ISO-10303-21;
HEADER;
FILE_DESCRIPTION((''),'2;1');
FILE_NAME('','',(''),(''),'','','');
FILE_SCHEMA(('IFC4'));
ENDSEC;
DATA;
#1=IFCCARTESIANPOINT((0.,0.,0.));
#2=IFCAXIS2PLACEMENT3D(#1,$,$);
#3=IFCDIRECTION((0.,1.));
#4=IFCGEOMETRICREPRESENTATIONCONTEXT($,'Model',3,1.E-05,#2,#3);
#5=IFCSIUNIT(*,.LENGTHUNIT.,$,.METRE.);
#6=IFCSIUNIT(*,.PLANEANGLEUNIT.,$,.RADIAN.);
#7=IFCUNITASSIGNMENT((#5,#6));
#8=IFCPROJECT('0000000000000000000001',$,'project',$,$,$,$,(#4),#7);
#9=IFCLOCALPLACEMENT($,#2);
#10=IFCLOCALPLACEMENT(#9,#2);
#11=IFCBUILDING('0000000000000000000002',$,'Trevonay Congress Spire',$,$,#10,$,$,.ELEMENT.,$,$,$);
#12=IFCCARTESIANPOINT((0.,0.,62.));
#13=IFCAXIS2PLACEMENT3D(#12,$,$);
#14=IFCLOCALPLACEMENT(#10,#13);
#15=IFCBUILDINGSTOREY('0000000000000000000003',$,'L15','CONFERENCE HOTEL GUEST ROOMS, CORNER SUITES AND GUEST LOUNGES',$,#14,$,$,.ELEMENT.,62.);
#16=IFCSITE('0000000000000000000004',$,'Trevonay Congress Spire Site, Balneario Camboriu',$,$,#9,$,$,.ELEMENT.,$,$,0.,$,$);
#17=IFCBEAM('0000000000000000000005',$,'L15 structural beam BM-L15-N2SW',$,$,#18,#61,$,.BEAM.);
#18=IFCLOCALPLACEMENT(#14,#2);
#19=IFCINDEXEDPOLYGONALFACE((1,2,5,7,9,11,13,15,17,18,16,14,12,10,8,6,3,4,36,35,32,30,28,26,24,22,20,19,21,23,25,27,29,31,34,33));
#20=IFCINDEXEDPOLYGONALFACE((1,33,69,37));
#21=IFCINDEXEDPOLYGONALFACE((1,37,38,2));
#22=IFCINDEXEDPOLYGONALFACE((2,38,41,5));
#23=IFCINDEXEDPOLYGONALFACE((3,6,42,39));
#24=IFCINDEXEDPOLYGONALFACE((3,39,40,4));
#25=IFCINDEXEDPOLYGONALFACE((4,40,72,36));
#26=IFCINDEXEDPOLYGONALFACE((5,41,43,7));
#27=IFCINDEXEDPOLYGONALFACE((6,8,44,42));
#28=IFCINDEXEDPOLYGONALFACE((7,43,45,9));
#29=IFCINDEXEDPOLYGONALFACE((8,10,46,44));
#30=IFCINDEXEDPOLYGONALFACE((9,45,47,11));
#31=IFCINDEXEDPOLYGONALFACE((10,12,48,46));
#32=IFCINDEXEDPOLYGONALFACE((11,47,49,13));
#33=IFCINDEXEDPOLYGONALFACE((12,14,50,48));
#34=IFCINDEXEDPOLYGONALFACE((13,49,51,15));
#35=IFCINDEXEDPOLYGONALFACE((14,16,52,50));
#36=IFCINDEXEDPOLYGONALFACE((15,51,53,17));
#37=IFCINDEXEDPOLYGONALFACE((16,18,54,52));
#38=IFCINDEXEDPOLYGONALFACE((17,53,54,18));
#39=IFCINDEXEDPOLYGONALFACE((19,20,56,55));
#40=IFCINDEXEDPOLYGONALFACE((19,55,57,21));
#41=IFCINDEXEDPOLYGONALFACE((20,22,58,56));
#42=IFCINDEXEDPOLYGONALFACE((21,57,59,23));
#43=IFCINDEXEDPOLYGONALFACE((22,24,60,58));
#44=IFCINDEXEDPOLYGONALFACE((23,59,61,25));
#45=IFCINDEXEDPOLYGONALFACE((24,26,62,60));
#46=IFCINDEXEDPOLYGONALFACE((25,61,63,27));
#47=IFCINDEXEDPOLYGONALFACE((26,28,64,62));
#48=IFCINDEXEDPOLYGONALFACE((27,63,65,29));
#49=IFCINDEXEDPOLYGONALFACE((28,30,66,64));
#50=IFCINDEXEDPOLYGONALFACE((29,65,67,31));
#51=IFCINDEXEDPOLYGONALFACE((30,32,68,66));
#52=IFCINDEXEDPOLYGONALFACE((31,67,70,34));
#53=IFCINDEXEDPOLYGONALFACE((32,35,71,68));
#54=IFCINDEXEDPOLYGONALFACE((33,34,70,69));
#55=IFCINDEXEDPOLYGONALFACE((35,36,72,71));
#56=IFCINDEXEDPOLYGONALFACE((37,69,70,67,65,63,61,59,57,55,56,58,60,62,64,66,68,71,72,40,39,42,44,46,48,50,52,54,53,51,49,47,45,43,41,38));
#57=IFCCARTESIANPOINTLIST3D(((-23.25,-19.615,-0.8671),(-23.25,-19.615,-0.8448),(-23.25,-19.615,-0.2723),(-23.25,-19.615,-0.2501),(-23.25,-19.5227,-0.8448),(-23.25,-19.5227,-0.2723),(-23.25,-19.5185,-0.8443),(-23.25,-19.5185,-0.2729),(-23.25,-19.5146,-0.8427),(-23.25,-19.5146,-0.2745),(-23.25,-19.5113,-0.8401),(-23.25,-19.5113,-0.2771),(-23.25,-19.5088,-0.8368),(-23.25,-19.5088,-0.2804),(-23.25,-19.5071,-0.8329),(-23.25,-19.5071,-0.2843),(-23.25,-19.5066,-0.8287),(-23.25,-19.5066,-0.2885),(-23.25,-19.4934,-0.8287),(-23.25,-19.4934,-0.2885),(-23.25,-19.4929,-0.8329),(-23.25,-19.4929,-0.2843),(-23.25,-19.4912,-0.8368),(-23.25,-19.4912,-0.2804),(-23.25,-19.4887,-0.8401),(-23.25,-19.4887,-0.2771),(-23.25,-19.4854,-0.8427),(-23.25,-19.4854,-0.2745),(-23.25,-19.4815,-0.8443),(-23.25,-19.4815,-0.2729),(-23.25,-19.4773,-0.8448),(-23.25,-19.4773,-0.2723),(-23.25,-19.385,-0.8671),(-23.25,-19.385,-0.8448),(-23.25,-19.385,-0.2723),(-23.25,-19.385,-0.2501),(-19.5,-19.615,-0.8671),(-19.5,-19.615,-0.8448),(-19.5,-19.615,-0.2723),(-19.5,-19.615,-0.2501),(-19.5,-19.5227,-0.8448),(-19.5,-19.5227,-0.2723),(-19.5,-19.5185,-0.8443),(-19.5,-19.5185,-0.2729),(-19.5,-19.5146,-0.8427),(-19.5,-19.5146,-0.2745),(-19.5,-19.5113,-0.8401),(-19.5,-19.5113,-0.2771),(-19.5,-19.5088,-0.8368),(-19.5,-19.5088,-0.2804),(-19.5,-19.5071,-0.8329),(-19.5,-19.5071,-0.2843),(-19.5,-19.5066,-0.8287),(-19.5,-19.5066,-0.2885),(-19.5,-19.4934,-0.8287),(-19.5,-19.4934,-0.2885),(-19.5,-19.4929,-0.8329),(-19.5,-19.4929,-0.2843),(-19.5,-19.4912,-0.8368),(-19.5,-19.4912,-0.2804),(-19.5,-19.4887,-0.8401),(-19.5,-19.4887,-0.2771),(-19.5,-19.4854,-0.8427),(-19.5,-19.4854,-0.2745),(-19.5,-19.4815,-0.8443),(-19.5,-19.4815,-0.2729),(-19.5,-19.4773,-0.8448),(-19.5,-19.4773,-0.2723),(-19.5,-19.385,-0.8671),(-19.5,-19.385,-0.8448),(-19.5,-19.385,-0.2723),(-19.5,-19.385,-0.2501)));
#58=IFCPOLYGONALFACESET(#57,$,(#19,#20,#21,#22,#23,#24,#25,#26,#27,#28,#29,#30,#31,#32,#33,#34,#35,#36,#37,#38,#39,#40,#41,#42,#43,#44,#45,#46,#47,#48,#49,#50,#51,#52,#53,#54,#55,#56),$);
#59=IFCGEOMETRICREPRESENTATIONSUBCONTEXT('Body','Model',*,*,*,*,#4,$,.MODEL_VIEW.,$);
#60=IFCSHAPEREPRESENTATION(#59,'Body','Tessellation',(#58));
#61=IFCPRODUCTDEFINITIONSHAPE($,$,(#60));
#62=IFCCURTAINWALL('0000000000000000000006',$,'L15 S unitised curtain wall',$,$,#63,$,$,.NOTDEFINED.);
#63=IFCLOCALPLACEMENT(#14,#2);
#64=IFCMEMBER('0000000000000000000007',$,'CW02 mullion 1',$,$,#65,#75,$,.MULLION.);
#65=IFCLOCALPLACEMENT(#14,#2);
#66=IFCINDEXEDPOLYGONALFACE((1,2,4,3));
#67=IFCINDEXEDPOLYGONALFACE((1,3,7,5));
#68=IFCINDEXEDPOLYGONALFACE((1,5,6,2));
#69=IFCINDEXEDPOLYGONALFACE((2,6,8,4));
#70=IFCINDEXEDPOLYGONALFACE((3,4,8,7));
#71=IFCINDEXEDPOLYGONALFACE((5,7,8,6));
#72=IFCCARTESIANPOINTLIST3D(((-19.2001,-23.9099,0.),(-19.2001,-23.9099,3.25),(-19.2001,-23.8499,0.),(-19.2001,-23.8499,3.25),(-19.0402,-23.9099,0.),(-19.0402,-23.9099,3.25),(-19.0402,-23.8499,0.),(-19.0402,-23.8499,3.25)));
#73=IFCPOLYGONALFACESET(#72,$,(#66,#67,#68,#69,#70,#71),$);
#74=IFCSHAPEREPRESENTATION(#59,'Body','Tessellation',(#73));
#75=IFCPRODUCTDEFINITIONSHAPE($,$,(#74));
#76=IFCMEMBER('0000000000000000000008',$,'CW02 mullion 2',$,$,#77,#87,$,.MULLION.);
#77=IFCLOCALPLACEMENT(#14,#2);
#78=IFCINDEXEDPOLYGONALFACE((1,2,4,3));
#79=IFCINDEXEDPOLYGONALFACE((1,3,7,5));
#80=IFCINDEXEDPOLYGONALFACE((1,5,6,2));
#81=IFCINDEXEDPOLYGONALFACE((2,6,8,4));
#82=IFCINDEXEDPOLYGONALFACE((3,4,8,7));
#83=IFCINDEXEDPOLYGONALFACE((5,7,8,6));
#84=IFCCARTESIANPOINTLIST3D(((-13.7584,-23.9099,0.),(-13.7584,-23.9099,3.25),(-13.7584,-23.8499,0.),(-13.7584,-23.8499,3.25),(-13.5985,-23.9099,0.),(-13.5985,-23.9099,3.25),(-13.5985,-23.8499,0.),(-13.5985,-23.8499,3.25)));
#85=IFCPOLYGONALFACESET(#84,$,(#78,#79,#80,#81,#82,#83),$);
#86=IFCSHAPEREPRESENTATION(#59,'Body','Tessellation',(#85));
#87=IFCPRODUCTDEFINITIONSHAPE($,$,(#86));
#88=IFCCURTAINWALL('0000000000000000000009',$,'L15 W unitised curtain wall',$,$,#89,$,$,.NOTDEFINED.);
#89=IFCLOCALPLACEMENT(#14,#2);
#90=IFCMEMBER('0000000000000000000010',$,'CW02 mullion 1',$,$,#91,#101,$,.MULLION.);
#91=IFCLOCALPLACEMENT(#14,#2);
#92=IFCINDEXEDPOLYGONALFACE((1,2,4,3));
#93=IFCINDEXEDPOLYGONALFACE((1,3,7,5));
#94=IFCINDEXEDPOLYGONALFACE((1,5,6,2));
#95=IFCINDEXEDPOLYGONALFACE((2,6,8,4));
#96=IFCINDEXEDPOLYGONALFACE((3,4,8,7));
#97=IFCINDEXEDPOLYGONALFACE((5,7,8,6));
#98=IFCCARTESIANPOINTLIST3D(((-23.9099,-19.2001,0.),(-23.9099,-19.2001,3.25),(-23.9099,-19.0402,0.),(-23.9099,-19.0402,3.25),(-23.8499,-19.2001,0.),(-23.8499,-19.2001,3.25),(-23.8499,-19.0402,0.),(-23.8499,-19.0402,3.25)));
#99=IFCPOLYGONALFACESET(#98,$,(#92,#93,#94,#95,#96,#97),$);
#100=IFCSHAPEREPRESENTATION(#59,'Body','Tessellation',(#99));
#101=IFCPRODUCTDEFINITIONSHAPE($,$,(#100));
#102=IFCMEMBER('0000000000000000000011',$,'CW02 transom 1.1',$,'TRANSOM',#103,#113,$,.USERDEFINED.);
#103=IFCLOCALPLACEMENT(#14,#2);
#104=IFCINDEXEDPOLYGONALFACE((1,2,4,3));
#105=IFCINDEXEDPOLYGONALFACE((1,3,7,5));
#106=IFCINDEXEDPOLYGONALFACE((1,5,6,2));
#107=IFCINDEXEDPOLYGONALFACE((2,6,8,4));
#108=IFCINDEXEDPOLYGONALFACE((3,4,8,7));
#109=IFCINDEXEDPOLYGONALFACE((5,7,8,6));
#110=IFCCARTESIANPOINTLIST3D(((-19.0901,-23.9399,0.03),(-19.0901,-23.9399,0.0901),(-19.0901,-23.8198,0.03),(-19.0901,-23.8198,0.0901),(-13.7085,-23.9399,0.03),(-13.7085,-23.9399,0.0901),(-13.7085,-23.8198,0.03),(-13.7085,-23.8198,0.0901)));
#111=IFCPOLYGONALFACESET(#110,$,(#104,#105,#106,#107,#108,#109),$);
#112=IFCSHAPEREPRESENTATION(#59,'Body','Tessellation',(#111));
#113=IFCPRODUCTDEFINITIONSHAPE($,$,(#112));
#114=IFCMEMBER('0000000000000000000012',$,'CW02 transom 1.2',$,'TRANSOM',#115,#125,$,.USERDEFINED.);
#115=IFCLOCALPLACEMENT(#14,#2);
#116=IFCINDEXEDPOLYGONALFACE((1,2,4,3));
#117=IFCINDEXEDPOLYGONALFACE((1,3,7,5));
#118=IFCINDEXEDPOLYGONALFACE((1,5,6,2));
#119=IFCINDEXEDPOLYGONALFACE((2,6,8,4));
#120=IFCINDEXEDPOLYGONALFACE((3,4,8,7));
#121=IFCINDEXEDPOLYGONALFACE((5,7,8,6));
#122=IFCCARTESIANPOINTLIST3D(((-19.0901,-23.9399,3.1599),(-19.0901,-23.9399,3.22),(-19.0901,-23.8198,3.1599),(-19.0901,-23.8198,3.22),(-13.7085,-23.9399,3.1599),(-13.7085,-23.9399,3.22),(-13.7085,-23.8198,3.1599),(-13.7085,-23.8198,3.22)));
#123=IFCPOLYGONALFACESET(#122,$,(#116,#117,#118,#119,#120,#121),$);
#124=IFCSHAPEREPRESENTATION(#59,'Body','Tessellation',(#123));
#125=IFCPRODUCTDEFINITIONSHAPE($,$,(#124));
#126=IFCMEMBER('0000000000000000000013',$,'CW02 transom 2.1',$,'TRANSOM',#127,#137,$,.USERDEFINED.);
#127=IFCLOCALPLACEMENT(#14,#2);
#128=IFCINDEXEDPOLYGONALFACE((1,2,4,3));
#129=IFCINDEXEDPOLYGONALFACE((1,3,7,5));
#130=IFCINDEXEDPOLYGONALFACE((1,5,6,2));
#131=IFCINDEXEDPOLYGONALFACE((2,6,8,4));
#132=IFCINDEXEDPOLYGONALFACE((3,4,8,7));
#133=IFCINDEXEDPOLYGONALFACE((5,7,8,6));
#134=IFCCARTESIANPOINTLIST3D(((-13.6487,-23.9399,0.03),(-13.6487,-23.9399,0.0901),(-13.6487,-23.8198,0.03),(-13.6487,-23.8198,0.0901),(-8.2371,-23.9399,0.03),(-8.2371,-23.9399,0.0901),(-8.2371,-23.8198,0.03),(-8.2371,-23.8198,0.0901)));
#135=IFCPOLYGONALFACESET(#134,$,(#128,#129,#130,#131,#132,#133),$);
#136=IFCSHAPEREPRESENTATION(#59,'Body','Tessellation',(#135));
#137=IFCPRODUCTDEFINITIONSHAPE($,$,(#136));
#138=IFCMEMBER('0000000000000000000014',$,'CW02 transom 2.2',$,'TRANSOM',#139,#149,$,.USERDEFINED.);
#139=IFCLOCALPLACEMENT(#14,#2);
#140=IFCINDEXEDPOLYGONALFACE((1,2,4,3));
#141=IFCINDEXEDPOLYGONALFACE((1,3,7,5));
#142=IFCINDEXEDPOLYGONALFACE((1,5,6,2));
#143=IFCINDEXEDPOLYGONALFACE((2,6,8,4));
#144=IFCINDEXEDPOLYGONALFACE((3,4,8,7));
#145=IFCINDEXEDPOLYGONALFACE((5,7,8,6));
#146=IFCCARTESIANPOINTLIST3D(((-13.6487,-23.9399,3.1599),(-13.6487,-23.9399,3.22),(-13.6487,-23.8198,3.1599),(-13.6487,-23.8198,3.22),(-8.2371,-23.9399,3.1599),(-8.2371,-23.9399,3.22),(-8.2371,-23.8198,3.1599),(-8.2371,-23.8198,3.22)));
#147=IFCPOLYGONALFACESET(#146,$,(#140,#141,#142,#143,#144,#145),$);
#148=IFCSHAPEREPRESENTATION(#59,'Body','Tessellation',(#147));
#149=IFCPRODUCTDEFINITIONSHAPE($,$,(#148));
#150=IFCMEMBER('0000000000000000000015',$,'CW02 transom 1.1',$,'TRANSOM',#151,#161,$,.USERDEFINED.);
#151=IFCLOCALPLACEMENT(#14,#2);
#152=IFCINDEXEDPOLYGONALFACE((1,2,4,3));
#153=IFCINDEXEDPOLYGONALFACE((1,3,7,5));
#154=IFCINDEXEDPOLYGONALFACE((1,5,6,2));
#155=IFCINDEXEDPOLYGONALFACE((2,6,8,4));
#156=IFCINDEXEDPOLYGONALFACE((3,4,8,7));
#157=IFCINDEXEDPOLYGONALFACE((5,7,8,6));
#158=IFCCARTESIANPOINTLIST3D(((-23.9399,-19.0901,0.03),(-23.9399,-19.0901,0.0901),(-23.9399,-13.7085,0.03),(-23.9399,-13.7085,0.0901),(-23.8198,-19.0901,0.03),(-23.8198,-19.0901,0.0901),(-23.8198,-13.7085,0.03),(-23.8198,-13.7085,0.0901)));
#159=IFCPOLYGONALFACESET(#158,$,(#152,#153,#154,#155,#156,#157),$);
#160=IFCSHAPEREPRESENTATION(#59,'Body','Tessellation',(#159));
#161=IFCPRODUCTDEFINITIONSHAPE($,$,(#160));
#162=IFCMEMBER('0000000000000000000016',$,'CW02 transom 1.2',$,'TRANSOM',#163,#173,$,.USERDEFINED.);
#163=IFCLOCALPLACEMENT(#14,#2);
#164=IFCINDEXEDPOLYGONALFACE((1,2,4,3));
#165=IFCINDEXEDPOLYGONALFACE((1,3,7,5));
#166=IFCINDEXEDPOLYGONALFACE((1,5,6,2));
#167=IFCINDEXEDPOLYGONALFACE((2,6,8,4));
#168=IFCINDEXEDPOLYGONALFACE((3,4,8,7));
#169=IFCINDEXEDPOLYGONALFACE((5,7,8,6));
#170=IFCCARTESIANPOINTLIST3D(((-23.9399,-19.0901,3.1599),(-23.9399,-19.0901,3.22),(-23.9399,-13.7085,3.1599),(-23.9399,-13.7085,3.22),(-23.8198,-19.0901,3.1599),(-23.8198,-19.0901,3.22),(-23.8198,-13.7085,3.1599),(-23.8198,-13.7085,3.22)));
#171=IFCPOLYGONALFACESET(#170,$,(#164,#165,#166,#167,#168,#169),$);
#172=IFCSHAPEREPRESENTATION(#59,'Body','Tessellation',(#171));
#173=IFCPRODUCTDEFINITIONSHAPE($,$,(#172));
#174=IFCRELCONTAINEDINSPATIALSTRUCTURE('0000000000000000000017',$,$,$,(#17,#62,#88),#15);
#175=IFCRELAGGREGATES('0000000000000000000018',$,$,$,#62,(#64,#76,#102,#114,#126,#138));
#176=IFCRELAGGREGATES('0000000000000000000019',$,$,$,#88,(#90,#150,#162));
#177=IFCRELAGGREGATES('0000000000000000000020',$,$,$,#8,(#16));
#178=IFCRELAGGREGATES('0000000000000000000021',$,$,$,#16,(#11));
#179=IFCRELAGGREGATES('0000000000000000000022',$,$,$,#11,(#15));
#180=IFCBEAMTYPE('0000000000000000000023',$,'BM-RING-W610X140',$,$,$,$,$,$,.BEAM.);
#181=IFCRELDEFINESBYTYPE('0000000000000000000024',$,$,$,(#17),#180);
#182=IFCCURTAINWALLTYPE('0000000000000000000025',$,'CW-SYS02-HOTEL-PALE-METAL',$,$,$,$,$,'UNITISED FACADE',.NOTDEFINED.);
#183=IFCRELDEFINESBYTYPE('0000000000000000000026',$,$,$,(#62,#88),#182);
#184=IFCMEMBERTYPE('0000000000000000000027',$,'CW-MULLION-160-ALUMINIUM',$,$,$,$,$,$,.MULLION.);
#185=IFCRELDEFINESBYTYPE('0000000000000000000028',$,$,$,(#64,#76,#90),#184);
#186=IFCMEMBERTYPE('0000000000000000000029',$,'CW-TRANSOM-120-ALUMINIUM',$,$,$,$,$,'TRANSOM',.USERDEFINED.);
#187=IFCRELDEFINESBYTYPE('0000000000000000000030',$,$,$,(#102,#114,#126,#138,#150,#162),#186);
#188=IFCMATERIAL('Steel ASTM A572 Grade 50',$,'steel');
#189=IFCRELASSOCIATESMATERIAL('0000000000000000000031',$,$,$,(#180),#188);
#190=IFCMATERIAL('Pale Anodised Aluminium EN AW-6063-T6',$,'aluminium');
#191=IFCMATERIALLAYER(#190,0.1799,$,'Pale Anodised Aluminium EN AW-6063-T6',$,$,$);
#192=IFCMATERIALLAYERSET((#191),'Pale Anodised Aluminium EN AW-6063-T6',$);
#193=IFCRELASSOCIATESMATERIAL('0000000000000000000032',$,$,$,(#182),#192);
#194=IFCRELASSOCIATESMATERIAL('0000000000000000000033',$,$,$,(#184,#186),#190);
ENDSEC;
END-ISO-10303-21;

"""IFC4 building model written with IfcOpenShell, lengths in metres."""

from ifc_helpers import new_model, si_unit, direction, frame, origin, origin_2d, place, context, subcontext, project, spatial, rectangle, i_section, extrude, material, layer, layer_set, material_profile, profile_set, type_object, element, aggregate, save


model = new_model("IFC4")

# Units and contexts
model_context = context("Model", 3, precision=1e-05, world=origin(), true_north=direction((0.0, 1.0)))
body_context = subcontext(model_context, "Body", "Model", "MODEL_VIEW")
ifc_project = project(units=[si_unit("LENGTHUNIT", "METRE"), si_unit("PLANEANGLEUNIT", "RADIAN")], contexts=[model_context])

# Site, building, storey
site_placement = place(None, origin())
site = spatial("IfcSite", under=ifc_project, at=site_placement, Name="Trevonay Congress Spire Site, Balneario Camboriu", CompositionType="ELEMENT", RefElevation=0.0)
building_placement = place(site_placement, origin())
building = spatial("IfcBuilding", under=site, at=building_placement, Name="Trevonay Congress Spire", CompositionType="ELEMENT")
storey_placement = place(building_placement, frame((0.0, 0.0, 62.0)))
storey = spatial("IfcBuildingStorey", under=building, at=storey_placement, Name="L15", Description="CONFERENCE HOTEL GUEST ROOMS, CORNER SUITES AND GUEST LOUNGES", CompositionType="ELEMENT", Elevation=62.0)

# Shared definitions
ifc_material_1 = material(Name="Steel ASTM A572 Grade 50", Category="steel")

# Beam
ifc_material_profile_1 = material_profile(ifc_material_1, i_section(OverallWidth=0.23, OverallDepth=0.6169, WebThickness=0.0132, FlangeThickness=0.0222, FilletRadius=0.0161, at=origin_2d()), Name="W610x140")
ifc_profile_set_1 = profile_set([ifc_material_profile_1], Name="Steel ASTM A572 Grade 50")
beam_type_1 = type_object("IfcBeamType", Name="BM-RING-W610X140", PredefinedType="BEAM", material=ifc_profile_set_1)
for number, where, z_axis, x_axis, name in (
    (1, (-23.25, -19.5, -0.5586), (1.0, 0.0, 0.0), (0.0, 1.0, 0.0), "L15 structural beam BM-L15-N2SW"),
):
    element("IfcBeam", number, at=place(storey_placement, frame(where, z_axis=z_axis, x_axis=x_axis)), inside=storey, type_object=beam_type_1, Name=name, PredefinedType="BEAM", context=body_context, shape_type="SweptSolid", body=[
        extrude(i_section(OverallWidth=0.23, OverallDepth=0.6169, WebThickness=0.0132, FlangeThickness=0.0222, FilletRadius=0.0161, at=origin_2d()), origin(), (0.0, 0.0, 1.0), 3.75),
    ])

# Curtain wall, members
ifc_material_2 = material(Name="Pale Anodised Aluminium EN AW-6063-T6", Category="aluminium")
ifc_layer_1 = layer(ifc_material_2, 0.1799, Name="Pale Anodised Aluminium EN AW-6063-T6")
ifc_layer_set_1 = layer_set([ifc_layer_1], Name="Pale Anodised Aluminium EN AW-6063-T6")
curtain_wall_type = type_object("IfcCurtainWallType", Name="CW-SYS02-HOTEL-PALE-METAL", ElementType="UNITISED FACADE", PredefinedType="NOTDEFINED", material=ifc_layer_set_1)
curtain_wall_1_placement = place(storey_placement, origin())
curtain_wall_1 = element("IfcCurtainWall", 2, at=curtain_wall_1_placement, inside=storey, type_object=curtain_wall_type, Name="L15 S unitised curtain wall", PredefinedType="NOTDEFINED")
ifc_material_profile_2 = material_profile(ifc_material_2, rectangle(XDim=0.0601, YDim=0.1599, at=origin_2d()), Name="CW-MULLION-160-ALUMINIUM")
ifc_profile_set_2 = profile_set([ifc_material_profile_2], Name="Pale Anodised Aluminium EN AW-6063-T6")
member_type_1 = type_object("IfcMemberType", Name="CW-MULLION-160-ALUMINIUM", PredefinedType="MULLION", material=ifc_profile_set_2)
member_1_placement = place(storey_placement, frame((-19.1201, -23.8799, 0.0), z_axis=(0.0, 0.0, 1.0), x_axis=(0.0, 1.0, 0.0)))
member_1 = element("IfcMember", 3, at=member_1_placement, type_object=member_type_1, Name="CW02 mullion 1", PredefinedType="MULLION", context=body_context, shape_type="SweptSolid", body=[
    extrude(rectangle(XDim=0.0601, YDim=0.1599, at=origin_2d()), origin(), (0.0, 0.0, 1.0), 3.25),
])
member_2_placement = place(storey_placement, frame((-13.6785, -23.8799, 0.0), z_axis=(0.0, 0.0, 1.0), x_axis=(0.0, 1.0, 0.0)))
member_2 = element("IfcMember", 4, at=member_2_placement, type_object=member_type_1, Name="CW02 mullion 2", PredefinedType="MULLION", context=body_context, shape_type="SweptSolid", body=[
    extrude(rectangle(XDim=0.0601, YDim=0.1599, at=origin_2d()), origin(), (0.0, 0.0, 1.0), 3.25),
])

# Curtain wall, member
curtain_wall_2_placement = place(storey_placement, origin())
curtain_wall_2 = element("IfcCurtainWall", 5, at=curtain_wall_2_placement, inside=storey, type_object=curtain_wall_type, Name="L15 W unitised curtain wall", PredefinedType="NOTDEFINED")
member_3_placement = place(storey_placement, frame((-23.8799, -19.1201, 0.0), z_axis=(0.0, 0.0, 1.0), x_axis=(-1.0, 0.0, 0.0)))
member_3 = element("IfcMember", 6, at=member_3_placement, type_object=member_type_1, Name="CW02 mullion 1", PredefinedType="MULLION", context=body_context, shape_type="SweptSolid", body=[
    extrude(rectangle(XDim=0.0601, YDim=0.1599, at=origin_2d()), origin(), (0.0, 0.0, 1.0), 3.25),
])

# Members
ifc_material_profile_3 = material_profile(ifc_material_2, rectangle(XDim=0.1201, YDim=0.0601, at=origin_2d()), Name="CW-TRANSOM-120-ALUMINIUM")
ifc_profile_set_3 = profile_set([ifc_material_profile_3], Name="Pale Anodised Aluminium EN AW-6063-T6")
member_type_2 = type_object("IfcMemberType", Name="CW-TRANSOM-120-ALUMINIUM", ElementType="TRANSOM", PredefinedType="USERDEFINED", material=ifc_profile_set_3)
member_4_placement = place(storey_placement, frame((-19.0901, -23.8799, 0.0601), z_axis=(1.0, 0.0, 0.0), x_axis=(0.0, 1.0, 0.0)))
member_4 = element("IfcMember", 7, at=member_4_placement, type_object=member_type_2, Name="CW02 transom 1.1", ObjectType="TRANSOM", PredefinedType="USERDEFINED", context=body_context, shape_type="SweptSolid", body=[
    extrude(rectangle(XDim=0.1201, YDim=0.0601, at=origin_2d()), origin(), (0.0, 0.0, 1.0), 5.3816),
])
member_5_placement = place(storey_placement, frame((-19.0901, -23.8799, 3.1899), z_axis=(1.0, 0.0, 0.0), x_axis=(0.0, 1.0, 0.0)))
member_5 = element("IfcMember", 8, at=member_5_placement, type_object=member_type_2, Name="CW02 transom 1.2", ObjectType="TRANSOM", PredefinedType="USERDEFINED", context=body_context, shape_type="SweptSolid", body=[
    extrude(rectangle(XDim=0.1201, YDim=0.0601, at=origin_2d()), origin(), (0.0, 0.0, 1.0), 5.3816),
])
member_6_placement = place(storey_placement, frame((-13.6487, -23.8799, 0.0601), z_axis=(1.0, 0.0, 0.0), x_axis=(0.0, 1.0, 0.0)))
member_6 = element("IfcMember", 9, at=member_6_placement, type_object=member_type_2, Name="CW02 transom 2.1", ObjectType="TRANSOM", PredefinedType="USERDEFINED", context=body_context, shape_type="SweptSolid", body=[
    extrude(rectangle(XDim=0.1201, YDim=0.0601, at=origin_2d()), origin(), (0.0, 0.0, 1.0), 5.4116),
])
member_7_placement = place(storey_placement, frame((-13.6487, -23.8799, 3.1899), z_axis=(1.0, 0.0, 0.0), x_axis=(0.0, 1.0, 0.0)))
member_7 = element("IfcMember", 10, at=member_7_placement, type_object=member_type_2, Name="CW02 transom 2.2", ObjectType="TRANSOM", PredefinedType="USERDEFINED", context=body_context, shape_type="SweptSolid", body=[
    extrude(rectangle(XDim=0.1201, YDim=0.0601, at=origin_2d()), origin(), (0.0, 0.0, 1.0), 5.4116),
])
member_8_placement = place(storey_placement, frame((-23.8799, -19.0901, 0.0601), z_axis=(0.0, 1.0, 0.0), x_axis=(-1.0, 0.0, 0.0)))
member_8 = element("IfcMember", 11, at=member_8_placement, type_object=member_type_2, Name="CW02 transom 1.1", ObjectType="TRANSOM", PredefinedType="USERDEFINED", context=body_context, shape_type="SweptSolid", body=[
    extrude(rectangle(XDim=0.1201, YDim=0.0601, at=origin_2d()), origin(), (0.0, 0.0, 1.0), 5.3816),
])
member_9_placement = place(storey_placement, frame((-23.8799, -19.0901, 3.1899), z_axis=(0.0, 1.0, 0.0), x_axis=(-1.0, 0.0, 0.0)))
member_9 = element("IfcMember", 12, at=member_9_placement, type_object=member_type_2, Name="CW02 transom 1.2", ObjectType="TRANSOM", PredefinedType="USERDEFINED", context=body_context, shape_type="SweptSolid", body=[
    extrude(rectangle(XDim=0.1201, YDim=0.0601, at=origin_2d()), origin(), (0.0, 0.0, 1.0), 5.3816),
])

aggregate(curtain_wall_1, [member_1, member_2, member_4, member_5, member_6, member_7])
aggregate(curtain_wall_2, [member_3, member_8, member_9])

save(model, "model.ifc")
